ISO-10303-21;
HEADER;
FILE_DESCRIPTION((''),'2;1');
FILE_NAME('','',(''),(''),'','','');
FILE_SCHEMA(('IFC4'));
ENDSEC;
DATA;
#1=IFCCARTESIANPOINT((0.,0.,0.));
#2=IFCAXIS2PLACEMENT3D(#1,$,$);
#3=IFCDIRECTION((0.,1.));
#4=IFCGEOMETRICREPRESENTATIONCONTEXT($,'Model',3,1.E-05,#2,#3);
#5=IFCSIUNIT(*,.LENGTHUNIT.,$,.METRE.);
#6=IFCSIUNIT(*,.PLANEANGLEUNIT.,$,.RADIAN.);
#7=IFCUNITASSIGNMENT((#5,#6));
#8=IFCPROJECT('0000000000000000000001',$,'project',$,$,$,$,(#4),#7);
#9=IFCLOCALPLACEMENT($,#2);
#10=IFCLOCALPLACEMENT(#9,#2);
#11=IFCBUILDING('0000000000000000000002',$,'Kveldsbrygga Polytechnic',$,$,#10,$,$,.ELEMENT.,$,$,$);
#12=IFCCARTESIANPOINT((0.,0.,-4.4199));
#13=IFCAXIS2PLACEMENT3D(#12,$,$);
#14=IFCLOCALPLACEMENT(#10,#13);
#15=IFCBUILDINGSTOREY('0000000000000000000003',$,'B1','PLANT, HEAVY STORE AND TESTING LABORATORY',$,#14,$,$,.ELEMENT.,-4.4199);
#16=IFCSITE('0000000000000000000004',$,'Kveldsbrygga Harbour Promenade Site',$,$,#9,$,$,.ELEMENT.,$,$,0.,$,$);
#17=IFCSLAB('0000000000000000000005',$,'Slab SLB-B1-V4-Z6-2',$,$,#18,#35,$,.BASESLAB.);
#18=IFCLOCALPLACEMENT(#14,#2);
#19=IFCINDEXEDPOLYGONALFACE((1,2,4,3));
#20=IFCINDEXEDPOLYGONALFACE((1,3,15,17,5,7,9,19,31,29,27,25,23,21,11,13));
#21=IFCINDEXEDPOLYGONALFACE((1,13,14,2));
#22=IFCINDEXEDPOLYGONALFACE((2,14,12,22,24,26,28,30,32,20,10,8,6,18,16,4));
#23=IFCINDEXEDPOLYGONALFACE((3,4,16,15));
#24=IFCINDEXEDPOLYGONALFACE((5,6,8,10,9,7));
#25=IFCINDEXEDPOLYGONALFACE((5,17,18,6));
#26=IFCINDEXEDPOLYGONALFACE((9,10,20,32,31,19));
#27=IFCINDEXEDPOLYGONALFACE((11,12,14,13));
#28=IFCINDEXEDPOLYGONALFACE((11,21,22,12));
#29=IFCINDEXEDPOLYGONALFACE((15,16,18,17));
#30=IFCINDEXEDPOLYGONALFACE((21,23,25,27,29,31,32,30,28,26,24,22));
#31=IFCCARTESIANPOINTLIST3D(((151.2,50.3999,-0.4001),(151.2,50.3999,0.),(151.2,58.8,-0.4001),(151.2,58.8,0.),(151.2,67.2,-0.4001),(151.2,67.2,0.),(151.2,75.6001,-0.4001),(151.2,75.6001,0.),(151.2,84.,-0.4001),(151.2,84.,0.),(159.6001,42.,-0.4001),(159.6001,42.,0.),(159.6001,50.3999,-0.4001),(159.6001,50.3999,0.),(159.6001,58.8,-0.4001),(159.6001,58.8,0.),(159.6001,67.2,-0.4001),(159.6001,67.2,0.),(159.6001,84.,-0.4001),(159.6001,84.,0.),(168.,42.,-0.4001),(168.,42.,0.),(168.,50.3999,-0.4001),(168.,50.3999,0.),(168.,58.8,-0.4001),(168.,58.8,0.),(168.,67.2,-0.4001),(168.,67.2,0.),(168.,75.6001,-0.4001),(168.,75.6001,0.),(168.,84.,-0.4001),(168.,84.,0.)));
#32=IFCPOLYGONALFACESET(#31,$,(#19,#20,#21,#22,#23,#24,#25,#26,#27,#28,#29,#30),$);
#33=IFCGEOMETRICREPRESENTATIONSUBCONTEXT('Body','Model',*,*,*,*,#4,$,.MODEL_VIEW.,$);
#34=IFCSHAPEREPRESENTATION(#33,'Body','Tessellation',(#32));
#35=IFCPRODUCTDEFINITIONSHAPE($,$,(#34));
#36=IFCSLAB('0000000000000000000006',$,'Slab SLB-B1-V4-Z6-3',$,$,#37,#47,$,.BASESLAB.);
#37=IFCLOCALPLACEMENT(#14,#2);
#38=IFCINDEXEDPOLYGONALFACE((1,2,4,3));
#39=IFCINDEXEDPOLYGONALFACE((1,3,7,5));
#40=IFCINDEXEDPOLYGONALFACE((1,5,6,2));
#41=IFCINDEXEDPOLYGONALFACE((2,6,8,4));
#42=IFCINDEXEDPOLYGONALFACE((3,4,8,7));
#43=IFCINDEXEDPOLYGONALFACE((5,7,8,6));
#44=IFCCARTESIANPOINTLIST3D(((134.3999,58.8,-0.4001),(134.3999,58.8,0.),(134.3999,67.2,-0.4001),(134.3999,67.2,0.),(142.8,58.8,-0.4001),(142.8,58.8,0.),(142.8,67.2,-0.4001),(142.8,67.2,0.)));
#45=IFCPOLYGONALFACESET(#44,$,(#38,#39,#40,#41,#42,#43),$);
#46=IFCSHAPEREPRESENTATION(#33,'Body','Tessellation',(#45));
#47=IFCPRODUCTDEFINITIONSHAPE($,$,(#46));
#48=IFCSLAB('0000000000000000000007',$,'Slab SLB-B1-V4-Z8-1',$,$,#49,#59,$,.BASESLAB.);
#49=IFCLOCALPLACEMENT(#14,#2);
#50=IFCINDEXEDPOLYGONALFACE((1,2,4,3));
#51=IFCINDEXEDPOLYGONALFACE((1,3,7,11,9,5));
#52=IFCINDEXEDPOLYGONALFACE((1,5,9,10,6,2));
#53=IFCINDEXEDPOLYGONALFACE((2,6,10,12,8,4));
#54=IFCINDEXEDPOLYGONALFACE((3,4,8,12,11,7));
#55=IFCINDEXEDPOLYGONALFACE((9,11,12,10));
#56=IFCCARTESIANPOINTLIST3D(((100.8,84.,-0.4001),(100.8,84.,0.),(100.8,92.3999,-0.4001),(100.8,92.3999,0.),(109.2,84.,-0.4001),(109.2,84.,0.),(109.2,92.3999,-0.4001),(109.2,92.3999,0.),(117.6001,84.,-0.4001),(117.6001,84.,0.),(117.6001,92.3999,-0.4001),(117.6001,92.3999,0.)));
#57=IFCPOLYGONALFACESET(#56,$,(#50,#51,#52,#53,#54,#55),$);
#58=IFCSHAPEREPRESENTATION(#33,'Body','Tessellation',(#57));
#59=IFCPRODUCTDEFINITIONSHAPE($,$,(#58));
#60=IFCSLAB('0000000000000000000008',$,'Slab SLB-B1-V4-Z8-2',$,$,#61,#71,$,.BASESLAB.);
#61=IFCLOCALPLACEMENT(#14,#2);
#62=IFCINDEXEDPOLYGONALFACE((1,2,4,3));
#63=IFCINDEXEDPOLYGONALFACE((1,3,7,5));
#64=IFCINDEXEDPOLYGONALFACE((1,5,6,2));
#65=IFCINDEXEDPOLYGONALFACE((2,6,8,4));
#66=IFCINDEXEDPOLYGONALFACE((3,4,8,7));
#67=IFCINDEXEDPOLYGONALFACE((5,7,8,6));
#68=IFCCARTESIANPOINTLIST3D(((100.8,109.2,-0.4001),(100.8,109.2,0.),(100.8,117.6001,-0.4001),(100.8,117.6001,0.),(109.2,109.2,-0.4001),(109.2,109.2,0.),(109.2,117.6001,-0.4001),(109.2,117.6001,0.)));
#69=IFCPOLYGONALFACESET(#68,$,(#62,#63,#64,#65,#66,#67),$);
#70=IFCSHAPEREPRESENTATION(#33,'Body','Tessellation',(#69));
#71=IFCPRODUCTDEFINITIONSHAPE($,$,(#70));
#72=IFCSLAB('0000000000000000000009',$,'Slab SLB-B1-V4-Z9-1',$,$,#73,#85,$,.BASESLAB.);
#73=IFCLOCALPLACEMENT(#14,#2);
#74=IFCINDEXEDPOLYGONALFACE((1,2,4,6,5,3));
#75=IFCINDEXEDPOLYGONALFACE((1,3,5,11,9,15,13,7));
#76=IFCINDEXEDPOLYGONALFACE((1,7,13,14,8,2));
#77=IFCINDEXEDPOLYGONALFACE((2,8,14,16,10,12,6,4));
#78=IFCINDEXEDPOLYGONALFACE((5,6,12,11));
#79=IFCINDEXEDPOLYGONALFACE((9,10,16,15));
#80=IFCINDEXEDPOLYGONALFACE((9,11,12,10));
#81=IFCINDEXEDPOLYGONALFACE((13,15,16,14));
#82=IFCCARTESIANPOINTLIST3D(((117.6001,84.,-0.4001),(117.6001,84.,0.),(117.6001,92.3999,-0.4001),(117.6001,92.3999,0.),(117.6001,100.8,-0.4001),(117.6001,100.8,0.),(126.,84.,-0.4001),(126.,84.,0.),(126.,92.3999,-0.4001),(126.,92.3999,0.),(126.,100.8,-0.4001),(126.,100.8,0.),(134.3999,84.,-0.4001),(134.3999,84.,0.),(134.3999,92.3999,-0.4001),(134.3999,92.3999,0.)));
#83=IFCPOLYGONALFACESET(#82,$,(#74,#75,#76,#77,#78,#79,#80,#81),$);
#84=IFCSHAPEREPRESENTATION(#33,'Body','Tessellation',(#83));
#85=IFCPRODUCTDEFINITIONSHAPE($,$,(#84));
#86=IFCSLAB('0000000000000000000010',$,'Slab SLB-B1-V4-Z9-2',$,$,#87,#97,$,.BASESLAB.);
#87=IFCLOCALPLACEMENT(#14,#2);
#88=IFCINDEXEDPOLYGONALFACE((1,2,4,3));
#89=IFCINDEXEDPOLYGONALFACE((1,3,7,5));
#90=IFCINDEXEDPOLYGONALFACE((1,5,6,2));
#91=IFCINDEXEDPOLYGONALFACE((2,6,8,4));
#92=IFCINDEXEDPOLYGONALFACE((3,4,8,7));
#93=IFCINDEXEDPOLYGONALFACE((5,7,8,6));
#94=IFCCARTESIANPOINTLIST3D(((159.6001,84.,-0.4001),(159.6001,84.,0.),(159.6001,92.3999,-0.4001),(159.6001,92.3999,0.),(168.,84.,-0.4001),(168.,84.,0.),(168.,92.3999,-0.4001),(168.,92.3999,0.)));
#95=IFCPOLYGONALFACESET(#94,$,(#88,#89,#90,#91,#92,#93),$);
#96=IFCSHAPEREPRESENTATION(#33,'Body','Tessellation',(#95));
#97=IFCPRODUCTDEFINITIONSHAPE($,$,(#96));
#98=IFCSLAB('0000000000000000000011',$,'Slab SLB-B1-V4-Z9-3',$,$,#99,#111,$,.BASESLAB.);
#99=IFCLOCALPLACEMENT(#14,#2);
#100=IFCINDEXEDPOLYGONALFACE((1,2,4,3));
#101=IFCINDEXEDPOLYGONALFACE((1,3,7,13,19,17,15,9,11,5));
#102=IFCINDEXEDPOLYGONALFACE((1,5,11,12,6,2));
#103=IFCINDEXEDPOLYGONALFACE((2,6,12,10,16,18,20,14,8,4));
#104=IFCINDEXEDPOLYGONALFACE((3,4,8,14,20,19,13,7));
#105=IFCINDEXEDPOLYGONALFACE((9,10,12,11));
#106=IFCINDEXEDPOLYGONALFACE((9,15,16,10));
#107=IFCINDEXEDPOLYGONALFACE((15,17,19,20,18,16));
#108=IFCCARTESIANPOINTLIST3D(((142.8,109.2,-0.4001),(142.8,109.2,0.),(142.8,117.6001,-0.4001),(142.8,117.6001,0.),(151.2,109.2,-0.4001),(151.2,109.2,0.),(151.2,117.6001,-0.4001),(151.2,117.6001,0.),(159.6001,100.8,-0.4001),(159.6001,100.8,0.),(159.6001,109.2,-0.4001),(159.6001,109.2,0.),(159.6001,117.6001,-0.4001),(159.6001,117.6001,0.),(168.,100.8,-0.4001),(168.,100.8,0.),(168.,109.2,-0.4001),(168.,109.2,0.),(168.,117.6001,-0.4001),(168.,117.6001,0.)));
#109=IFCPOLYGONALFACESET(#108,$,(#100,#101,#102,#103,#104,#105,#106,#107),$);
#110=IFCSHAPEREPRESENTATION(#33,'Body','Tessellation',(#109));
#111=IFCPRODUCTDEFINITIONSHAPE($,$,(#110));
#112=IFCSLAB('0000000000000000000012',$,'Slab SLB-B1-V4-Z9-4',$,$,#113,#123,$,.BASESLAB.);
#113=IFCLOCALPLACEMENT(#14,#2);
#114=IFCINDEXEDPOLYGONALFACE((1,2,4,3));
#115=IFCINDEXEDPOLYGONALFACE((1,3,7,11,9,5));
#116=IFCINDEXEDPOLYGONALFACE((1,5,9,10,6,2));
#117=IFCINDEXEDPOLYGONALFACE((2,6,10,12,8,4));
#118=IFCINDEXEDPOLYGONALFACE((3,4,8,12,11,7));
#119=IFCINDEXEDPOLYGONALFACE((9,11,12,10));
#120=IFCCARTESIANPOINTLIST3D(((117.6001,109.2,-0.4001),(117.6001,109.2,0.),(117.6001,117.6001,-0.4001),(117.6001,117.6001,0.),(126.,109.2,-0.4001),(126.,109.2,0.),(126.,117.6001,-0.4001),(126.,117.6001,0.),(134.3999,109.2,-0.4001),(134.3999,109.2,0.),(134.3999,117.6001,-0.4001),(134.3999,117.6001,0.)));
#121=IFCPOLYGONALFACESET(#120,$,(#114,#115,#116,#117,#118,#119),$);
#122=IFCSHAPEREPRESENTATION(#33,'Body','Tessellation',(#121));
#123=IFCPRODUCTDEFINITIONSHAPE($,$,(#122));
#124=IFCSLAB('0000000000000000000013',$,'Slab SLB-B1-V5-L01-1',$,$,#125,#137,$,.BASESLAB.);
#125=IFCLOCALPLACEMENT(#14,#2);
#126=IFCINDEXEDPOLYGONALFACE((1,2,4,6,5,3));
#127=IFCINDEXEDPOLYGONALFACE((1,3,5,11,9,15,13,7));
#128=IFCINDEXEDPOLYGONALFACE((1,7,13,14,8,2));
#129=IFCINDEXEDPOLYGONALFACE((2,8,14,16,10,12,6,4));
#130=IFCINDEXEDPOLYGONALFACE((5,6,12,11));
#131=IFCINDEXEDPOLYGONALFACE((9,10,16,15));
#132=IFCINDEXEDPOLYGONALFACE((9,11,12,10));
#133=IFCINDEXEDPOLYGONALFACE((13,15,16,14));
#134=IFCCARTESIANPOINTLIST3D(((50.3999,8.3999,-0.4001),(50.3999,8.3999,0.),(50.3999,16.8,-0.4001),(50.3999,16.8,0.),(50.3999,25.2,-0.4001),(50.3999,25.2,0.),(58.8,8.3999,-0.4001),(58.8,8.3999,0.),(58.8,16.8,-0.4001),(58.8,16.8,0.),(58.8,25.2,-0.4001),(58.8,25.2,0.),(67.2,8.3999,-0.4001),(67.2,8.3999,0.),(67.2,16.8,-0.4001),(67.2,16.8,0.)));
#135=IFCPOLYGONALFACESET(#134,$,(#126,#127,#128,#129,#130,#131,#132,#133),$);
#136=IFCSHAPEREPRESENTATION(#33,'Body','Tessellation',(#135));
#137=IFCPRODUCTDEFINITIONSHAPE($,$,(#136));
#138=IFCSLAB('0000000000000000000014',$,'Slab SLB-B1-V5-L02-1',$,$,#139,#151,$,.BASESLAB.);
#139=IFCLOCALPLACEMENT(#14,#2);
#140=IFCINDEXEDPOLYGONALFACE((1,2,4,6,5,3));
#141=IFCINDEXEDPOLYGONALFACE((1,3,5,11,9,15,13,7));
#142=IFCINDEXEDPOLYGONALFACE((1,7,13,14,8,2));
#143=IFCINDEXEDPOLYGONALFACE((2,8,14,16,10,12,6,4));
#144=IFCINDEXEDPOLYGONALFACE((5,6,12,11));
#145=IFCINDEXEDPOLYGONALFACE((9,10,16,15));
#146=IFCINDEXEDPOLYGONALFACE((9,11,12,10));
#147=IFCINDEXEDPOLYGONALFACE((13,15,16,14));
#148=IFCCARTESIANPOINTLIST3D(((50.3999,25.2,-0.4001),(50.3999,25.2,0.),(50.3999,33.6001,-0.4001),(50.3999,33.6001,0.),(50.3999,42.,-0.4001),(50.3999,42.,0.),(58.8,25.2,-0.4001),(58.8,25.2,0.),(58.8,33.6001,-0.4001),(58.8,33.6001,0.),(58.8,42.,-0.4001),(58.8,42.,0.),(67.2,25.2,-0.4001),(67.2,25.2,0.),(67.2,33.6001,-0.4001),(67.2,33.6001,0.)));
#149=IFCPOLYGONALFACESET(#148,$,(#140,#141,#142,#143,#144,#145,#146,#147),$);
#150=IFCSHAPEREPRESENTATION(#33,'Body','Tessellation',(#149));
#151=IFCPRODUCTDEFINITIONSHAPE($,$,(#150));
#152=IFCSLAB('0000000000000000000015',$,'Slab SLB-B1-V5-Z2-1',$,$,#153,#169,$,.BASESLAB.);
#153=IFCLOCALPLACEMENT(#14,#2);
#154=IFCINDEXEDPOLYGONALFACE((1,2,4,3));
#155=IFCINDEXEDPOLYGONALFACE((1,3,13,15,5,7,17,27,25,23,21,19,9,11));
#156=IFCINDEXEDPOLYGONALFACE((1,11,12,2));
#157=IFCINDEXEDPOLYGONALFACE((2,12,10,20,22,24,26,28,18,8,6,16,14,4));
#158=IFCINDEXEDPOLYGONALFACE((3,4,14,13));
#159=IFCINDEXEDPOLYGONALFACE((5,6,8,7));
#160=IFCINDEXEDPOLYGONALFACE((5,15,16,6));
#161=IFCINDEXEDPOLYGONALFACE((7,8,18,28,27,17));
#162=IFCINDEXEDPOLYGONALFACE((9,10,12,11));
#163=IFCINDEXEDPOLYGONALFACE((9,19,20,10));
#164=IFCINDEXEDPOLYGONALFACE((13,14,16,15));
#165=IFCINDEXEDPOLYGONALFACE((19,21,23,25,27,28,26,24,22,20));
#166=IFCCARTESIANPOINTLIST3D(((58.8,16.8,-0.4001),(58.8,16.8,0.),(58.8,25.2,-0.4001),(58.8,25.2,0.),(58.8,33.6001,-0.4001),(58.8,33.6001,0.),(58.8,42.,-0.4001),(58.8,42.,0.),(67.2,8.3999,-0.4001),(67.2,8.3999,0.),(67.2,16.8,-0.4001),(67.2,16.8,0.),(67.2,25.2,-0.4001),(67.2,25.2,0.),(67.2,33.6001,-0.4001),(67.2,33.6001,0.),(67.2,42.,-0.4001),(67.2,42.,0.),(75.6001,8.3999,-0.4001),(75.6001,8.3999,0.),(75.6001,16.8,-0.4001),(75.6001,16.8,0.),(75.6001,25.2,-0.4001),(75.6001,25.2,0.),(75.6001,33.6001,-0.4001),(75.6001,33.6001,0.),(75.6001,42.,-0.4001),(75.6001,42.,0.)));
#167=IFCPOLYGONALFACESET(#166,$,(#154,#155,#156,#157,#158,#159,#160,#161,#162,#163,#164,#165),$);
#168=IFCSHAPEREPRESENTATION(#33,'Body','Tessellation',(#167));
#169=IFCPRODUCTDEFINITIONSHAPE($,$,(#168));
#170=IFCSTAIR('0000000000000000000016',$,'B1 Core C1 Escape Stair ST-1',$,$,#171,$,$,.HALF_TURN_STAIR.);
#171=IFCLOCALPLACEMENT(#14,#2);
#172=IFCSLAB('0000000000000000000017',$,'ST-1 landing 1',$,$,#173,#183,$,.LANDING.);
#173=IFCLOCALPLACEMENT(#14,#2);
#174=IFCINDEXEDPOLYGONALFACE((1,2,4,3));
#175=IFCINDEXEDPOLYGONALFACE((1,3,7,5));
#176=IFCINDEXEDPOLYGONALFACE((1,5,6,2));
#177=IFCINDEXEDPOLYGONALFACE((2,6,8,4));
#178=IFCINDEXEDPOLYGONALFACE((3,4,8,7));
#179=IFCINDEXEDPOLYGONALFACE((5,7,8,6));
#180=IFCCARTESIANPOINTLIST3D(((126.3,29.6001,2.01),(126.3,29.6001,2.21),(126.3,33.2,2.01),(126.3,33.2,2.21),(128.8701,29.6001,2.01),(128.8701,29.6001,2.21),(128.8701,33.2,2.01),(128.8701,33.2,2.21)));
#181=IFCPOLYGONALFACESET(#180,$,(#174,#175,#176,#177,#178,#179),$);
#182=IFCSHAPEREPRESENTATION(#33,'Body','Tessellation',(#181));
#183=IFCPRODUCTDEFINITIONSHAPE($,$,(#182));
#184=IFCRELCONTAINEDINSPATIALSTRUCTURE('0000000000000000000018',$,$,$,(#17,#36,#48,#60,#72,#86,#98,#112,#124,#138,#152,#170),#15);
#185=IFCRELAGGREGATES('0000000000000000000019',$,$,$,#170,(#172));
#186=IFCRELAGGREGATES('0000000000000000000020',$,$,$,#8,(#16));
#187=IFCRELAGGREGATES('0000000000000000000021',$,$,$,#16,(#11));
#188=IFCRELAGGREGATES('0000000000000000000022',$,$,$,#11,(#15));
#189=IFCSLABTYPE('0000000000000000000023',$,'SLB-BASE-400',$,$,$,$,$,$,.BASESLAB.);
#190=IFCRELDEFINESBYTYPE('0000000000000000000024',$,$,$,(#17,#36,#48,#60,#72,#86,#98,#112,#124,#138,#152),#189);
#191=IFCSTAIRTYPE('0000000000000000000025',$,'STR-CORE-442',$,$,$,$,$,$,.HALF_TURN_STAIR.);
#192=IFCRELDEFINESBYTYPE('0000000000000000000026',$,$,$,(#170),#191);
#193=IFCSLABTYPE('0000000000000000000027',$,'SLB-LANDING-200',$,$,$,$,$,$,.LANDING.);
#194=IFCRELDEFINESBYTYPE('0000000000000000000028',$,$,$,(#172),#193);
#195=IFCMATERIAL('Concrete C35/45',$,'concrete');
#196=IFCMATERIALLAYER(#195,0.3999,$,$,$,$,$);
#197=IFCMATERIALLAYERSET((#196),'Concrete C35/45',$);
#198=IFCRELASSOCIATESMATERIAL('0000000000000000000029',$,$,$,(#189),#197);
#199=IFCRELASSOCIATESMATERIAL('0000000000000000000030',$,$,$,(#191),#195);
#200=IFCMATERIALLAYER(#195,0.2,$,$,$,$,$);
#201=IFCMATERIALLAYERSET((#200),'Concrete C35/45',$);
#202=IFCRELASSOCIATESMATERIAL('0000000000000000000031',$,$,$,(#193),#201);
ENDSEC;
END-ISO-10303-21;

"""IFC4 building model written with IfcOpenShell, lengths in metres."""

from ifc_helpers import new_model, si_unit, direction, frame, origin, place, context, subcontext, project, spatial, polyline, outline, extrude, material, layer, layer_set, type_object, element, aggregate, save


model = new_model("IFC4")

# Units and contexts
model_context = context("Model", 3, precision=1e-05, world=origin(), true_north=direction((0.0, 1.0)))
body_context = subcontext(model_context, "Body", "Model", "MODEL_VIEW")
ifc_project = project(units=[si_unit("LENGTHUNIT", "METRE"), si_unit("PLANEANGLEUNIT", "RADIAN")], contexts=[model_context])

# Site, building, storey
site_placement = place(None, origin())
site = spatial("IfcSite", under=ifc_project, at=site_placement, Name="Kveldsbrygga Harbour Promenade Site", CompositionType="ELEMENT", RefElevation=0.0)
building_placement = place(site_placement, origin())
building = spatial("IfcBuilding", under=site, at=building_placement, Name="Kveldsbrygga Polytechnic", CompositionType="ELEMENT")
storey_placement = place(building_placement, frame((0.0, 0.0, -4.4199)))
storey = spatial("IfcBuildingStorey", under=building, at=storey_placement, Name="B1", Description="PLANT, HEAVY STORE AND TESTING LABORATORY", CompositionType="ELEMENT", Elevation=-4.4199)

# Slabs
ifc_material_1 = material(Name="Concrete C35/45", Category="concrete")
ifc_layer_1 = layer(ifc_material_1, 0.3999)
ifc_layer_set_1 = layer_set([ifc_layer_1], Name="Concrete C35/45")
slab_type_1 = type_object("IfcSlabType", Name="SLB-BASE-400", PredefinedType="BASESLAB", material=ifc_layer_set_1)
slab_1_placement = place(storey_placement, frame((0.0, 0.0, -0.4001)))
element("IfcSlab", 1, at=slab_1_placement, inside=storey, type_object=slab_type_1, Name="Slab SLB-B1-V4-Z6-2", PredefinedType="BASESLAB", context=body_context, shape_type="SweptSolid", body=[
    extrude(outline(polyline([(151.2, 50.3999), (151.2, 58.8), (159.6001, 58.8), (159.6001, 67.2), (151.2, 67.2), (151.2, 75.6001), (151.2, 84.0), (159.6001, 84.0), (168.0, 84.0), (168.0, 75.6001), (168.0, 67.2), (168.0, 58.8), (168.0, 50.3999), (168.0, 42.0), (159.6001, 42.0), (159.6001, 50.3999), (151.2, 50.3999)])), origin(), (0.0, 0.0, 1.0), 0.4001),
])
slab_2_placement = place(storey_placement, frame((0.0, 0.0, -0.4001)))
element("IfcSlab", 2, at=slab_2_placement, inside=storey, type_object=slab_type_1, Name="Slab SLB-B1-V4-Z6-3", PredefinedType="BASESLAB", context=body_context, shape_type="SweptSolid", body=[
    extrude(outline(polyline([(142.8, 58.8), (134.3999, 58.8), (134.3999, 67.2), (142.8, 67.2), (142.8, 58.8)])), origin(), (0.0, 0.0, 1.0), 0.4001),
])
slab_3_placement = place(storey_placement, frame((0.0, 0.0, -0.4001)))
element("IfcSlab", 3, at=slab_3_placement, inside=storey, type_object=slab_type_1, Name="Slab SLB-B1-V4-Z8-1", PredefinedType="BASESLAB", context=body_context, shape_type="SweptSolid", body=[
    extrude(outline(polyline([(100.8, 84.0), (100.8, 92.3999), (109.2, 92.3999), (117.6001, 92.3999), (117.6001, 84.0), (109.2, 84.0), (100.8, 84.0)])), origin(), (0.0, 0.0, 1.0), 0.4001),
])
slab_4_placement = place(storey_placement, frame((0.0, 0.0, -0.4001)))
element("IfcSlab", 4, at=slab_4_placement, inside=storey, type_object=slab_type_1, Name="Slab SLB-B1-V4-Z8-2", PredefinedType="BASESLAB", context=body_context, shape_type="SweptSolid", body=[
    extrude(outline(polyline([(100.8, 117.6001), (109.2, 117.6001), (109.2, 109.2), (100.8, 109.2), (100.8, 117.6001)])), origin(), (0.0, 0.0, 1.0), 0.4001),
])
slab_5_placement = place(storey_placement, frame((0.0, 0.0, -0.4001)))
element("IfcSlab", 5, at=slab_5_placement, inside=storey, type_object=slab_type_1, Name="Slab SLB-B1-V4-Z9-1", PredefinedType="BASESLAB", context=body_context, shape_type="SweptSolid", body=[
    extrude(outline(polyline([(117.6001, 100.8), (126.0, 100.8), (126.0, 92.3999), (134.3999, 92.3999), (134.3999, 84.0), (126.0, 84.0), (117.6001, 84.0), (117.6001, 92.3999), (117.6001, 100.8)])), origin(), (0.0, 0.0, 1.0), 0.4001),
])
slab_6_placement = place(storey_placement, frame((0.0, 0.0, -0.4001)))
element("IfcSlab", 6, at=slab_6_placement, inside=storey, type_object=slab_type_1, Name="Slab SLB-B1-V4-Z9-2", PredefinedType="BASESLAB", context=body_context, shape_type="SweptSolid", body=[
    extrude(outline(polyline([(168.0, 92.3999), (168.0, 84.0), (159.6001, 84.0), (159.6001, 92.3999), (168.0, 92.3999)])), origin(), (0.0, 0.0, 1.0), 0.4001),
])
slab_7_placement = place(storey_placement, frame((0.0, 0.0, -0.4001)))
element("IfcSlab", 7, at=slab_7_placement, inside=storey, type_object=slab_type_1, Name="Slab SLB-B1-V4-Z9-3", PredefinedType="BASESLAB", context=body_context, shape_type="SweptSolid", body=[
    extrude(outline(polyline([(168.0, 100.8), (159.6001, 100.8), (159.6001, 109.2), (151.2, 109.2), (142.8, 109.2), (142.8, 117.6001), (151.2, 117.6001), (159.6001, 117.6001), (168.0, 117.6001), (168.0, 109.2), (168.0, 100.8)])), origin(), (0.0, 0.0, 1.0), 0.4001),
])
slab_8_placement = place(storey_placement, frame((0.0, 0.0, -0.4001)))
element("IfcSlab", 8, at=slab_8_placement, inside=storey, type_object=slab_type_1, Name="Slab SLB-B1-V4-Z9-4", PredefinedType="BASESLAB", context=body_context, shape_type="SweptSolid", body=[
    extrude(outline(polyline([(126.0, 117.6001), (134.3999, 117.6001), (134.3999, 109.2), (126.0, 109.2), (117.6001, 109.2), (117.6001, 117.6001), (126.0, 117.6001)])), origin(), (0.0, 0.0, 1.0), 0.4001),
])
slab_9_placement = place(storey_placement, frame((0.0, 0.0, -0.4001)))
element("IfcSlab", 9, at=slab_9_placement, inside=storey, type_object=slab_type_1, Name="Slab SLB-B1-V5-L01-1", PredefinedType="BASESLAB", context=body_context, shape_type="SweptSolid", body=[
    extrude(outline(polyline([(50.3999, 8.3999), (50.3999, 16.8), (50.3999, 25.2), (58.8, 25.2), (58.8, 16.8), (67.2, 16.8), (67.2, 8.3999), (58.8, 8.3999), (50.3999, 8.3999)])), origin(), (0.0, 0.0, 1.0), 0.4001),
])
slab_10_placement = place(storey_placement, frame((0.0, 0.0, -0.4001)))
element("IfcSlab", 10, at=slab_10_placement, inside=storey, type_object=slab_type_1, Name="Slab SLB-B1-V5-L02-1", PredefinedType="BASESLAB", context=body_context, shape_type="SweptSolid", body=[
    extrude(outline(polyline([(50.3999, 25.2), (50.3999, 33.6001), (50.3999, 42.0), (58.8, 42.0), (58.8, 33.6001), (67.2, 33.6001), (67.2, 25.2), (58.8, 25.2), (50.3999, 25.2)])), origin(), (0.0, 0.0, 1.0), 0.4001),
])
slab_11_placement = place(storey_placement, frame((0.0, 0.0, -0.4001)))
element("IfcSlab", 11, at=slab_11_placement, inside=storey, type_object=slab_type_1, Name="Slab SLB-B1-V5-Z2-1", PredefinedType="BASESLAB", context=body_context, shape_type="SweptSolid", body=[
    extrude(outline(polyline([(67.2, 8.3999), (67.2, 16.8), (58.8, 16.8), (58.8, 25.2), (67.2, 25.2), (67.2, 33.6001), (58.8, 33.6001), (58.8, 42.0), (67.2, 42.0), (75.6001, 42.0), (75.6001, 33.6001), (75.6001, 25.2), (75.6001, 16.8), (75.6001, 8.3999), (67.2, 8.3999)])), origin(), (0.0, 0.0, 1.0), 0.4001),
])

# Stair, slab
stair_type = type_object("IfcStairType", Name="STR-CORE-442", PredefinedType="HALF_TURN_STAIR", material=ifc_material_1)
stair_1_placement = place(storey_placement, origin())
stair_1 = element("IfcStair", 12, at=stair_1_placement, inside=storey, type_object=stair_type, Name="B1 Core C1 Escape Stair ST-1", PredefinedType="HALF_TURN_STAIR")
ifc_layer_2 = layer(ifc_material_1, 0.2)
ifc_layer_set_2 = layer_set([ifc_layer_2], Name="Concrete C35/45")
slab_type_2 = type_object("IfcSlabType", Name="SLB-LANDING-200", PredefinedType="LANDING", material=ifc_layer_set_2)
slab_12_placement = place(storey_placement, frame((0.0, 0.0, 2.01)))
slab_12 = element("IfcSlab", 13, at=slab_12_placement, type_object=slab_type_2, Name="ST-1 landing 1", PredefinedType="LANDING", context=body_context, shape_type="SweptSolid", body=[
    extrude(outline(polyline([(128.8701, 33.2), (126.3, 33.2), (126.3, 29.6001), (128.8701, 29.6001), (128.8701, 33.2)])), origin(), (0.0, 0.0, 1.0), 0.2),
])
aggregate(stair_1, [slab_12])

save(model, "model.ifc")
